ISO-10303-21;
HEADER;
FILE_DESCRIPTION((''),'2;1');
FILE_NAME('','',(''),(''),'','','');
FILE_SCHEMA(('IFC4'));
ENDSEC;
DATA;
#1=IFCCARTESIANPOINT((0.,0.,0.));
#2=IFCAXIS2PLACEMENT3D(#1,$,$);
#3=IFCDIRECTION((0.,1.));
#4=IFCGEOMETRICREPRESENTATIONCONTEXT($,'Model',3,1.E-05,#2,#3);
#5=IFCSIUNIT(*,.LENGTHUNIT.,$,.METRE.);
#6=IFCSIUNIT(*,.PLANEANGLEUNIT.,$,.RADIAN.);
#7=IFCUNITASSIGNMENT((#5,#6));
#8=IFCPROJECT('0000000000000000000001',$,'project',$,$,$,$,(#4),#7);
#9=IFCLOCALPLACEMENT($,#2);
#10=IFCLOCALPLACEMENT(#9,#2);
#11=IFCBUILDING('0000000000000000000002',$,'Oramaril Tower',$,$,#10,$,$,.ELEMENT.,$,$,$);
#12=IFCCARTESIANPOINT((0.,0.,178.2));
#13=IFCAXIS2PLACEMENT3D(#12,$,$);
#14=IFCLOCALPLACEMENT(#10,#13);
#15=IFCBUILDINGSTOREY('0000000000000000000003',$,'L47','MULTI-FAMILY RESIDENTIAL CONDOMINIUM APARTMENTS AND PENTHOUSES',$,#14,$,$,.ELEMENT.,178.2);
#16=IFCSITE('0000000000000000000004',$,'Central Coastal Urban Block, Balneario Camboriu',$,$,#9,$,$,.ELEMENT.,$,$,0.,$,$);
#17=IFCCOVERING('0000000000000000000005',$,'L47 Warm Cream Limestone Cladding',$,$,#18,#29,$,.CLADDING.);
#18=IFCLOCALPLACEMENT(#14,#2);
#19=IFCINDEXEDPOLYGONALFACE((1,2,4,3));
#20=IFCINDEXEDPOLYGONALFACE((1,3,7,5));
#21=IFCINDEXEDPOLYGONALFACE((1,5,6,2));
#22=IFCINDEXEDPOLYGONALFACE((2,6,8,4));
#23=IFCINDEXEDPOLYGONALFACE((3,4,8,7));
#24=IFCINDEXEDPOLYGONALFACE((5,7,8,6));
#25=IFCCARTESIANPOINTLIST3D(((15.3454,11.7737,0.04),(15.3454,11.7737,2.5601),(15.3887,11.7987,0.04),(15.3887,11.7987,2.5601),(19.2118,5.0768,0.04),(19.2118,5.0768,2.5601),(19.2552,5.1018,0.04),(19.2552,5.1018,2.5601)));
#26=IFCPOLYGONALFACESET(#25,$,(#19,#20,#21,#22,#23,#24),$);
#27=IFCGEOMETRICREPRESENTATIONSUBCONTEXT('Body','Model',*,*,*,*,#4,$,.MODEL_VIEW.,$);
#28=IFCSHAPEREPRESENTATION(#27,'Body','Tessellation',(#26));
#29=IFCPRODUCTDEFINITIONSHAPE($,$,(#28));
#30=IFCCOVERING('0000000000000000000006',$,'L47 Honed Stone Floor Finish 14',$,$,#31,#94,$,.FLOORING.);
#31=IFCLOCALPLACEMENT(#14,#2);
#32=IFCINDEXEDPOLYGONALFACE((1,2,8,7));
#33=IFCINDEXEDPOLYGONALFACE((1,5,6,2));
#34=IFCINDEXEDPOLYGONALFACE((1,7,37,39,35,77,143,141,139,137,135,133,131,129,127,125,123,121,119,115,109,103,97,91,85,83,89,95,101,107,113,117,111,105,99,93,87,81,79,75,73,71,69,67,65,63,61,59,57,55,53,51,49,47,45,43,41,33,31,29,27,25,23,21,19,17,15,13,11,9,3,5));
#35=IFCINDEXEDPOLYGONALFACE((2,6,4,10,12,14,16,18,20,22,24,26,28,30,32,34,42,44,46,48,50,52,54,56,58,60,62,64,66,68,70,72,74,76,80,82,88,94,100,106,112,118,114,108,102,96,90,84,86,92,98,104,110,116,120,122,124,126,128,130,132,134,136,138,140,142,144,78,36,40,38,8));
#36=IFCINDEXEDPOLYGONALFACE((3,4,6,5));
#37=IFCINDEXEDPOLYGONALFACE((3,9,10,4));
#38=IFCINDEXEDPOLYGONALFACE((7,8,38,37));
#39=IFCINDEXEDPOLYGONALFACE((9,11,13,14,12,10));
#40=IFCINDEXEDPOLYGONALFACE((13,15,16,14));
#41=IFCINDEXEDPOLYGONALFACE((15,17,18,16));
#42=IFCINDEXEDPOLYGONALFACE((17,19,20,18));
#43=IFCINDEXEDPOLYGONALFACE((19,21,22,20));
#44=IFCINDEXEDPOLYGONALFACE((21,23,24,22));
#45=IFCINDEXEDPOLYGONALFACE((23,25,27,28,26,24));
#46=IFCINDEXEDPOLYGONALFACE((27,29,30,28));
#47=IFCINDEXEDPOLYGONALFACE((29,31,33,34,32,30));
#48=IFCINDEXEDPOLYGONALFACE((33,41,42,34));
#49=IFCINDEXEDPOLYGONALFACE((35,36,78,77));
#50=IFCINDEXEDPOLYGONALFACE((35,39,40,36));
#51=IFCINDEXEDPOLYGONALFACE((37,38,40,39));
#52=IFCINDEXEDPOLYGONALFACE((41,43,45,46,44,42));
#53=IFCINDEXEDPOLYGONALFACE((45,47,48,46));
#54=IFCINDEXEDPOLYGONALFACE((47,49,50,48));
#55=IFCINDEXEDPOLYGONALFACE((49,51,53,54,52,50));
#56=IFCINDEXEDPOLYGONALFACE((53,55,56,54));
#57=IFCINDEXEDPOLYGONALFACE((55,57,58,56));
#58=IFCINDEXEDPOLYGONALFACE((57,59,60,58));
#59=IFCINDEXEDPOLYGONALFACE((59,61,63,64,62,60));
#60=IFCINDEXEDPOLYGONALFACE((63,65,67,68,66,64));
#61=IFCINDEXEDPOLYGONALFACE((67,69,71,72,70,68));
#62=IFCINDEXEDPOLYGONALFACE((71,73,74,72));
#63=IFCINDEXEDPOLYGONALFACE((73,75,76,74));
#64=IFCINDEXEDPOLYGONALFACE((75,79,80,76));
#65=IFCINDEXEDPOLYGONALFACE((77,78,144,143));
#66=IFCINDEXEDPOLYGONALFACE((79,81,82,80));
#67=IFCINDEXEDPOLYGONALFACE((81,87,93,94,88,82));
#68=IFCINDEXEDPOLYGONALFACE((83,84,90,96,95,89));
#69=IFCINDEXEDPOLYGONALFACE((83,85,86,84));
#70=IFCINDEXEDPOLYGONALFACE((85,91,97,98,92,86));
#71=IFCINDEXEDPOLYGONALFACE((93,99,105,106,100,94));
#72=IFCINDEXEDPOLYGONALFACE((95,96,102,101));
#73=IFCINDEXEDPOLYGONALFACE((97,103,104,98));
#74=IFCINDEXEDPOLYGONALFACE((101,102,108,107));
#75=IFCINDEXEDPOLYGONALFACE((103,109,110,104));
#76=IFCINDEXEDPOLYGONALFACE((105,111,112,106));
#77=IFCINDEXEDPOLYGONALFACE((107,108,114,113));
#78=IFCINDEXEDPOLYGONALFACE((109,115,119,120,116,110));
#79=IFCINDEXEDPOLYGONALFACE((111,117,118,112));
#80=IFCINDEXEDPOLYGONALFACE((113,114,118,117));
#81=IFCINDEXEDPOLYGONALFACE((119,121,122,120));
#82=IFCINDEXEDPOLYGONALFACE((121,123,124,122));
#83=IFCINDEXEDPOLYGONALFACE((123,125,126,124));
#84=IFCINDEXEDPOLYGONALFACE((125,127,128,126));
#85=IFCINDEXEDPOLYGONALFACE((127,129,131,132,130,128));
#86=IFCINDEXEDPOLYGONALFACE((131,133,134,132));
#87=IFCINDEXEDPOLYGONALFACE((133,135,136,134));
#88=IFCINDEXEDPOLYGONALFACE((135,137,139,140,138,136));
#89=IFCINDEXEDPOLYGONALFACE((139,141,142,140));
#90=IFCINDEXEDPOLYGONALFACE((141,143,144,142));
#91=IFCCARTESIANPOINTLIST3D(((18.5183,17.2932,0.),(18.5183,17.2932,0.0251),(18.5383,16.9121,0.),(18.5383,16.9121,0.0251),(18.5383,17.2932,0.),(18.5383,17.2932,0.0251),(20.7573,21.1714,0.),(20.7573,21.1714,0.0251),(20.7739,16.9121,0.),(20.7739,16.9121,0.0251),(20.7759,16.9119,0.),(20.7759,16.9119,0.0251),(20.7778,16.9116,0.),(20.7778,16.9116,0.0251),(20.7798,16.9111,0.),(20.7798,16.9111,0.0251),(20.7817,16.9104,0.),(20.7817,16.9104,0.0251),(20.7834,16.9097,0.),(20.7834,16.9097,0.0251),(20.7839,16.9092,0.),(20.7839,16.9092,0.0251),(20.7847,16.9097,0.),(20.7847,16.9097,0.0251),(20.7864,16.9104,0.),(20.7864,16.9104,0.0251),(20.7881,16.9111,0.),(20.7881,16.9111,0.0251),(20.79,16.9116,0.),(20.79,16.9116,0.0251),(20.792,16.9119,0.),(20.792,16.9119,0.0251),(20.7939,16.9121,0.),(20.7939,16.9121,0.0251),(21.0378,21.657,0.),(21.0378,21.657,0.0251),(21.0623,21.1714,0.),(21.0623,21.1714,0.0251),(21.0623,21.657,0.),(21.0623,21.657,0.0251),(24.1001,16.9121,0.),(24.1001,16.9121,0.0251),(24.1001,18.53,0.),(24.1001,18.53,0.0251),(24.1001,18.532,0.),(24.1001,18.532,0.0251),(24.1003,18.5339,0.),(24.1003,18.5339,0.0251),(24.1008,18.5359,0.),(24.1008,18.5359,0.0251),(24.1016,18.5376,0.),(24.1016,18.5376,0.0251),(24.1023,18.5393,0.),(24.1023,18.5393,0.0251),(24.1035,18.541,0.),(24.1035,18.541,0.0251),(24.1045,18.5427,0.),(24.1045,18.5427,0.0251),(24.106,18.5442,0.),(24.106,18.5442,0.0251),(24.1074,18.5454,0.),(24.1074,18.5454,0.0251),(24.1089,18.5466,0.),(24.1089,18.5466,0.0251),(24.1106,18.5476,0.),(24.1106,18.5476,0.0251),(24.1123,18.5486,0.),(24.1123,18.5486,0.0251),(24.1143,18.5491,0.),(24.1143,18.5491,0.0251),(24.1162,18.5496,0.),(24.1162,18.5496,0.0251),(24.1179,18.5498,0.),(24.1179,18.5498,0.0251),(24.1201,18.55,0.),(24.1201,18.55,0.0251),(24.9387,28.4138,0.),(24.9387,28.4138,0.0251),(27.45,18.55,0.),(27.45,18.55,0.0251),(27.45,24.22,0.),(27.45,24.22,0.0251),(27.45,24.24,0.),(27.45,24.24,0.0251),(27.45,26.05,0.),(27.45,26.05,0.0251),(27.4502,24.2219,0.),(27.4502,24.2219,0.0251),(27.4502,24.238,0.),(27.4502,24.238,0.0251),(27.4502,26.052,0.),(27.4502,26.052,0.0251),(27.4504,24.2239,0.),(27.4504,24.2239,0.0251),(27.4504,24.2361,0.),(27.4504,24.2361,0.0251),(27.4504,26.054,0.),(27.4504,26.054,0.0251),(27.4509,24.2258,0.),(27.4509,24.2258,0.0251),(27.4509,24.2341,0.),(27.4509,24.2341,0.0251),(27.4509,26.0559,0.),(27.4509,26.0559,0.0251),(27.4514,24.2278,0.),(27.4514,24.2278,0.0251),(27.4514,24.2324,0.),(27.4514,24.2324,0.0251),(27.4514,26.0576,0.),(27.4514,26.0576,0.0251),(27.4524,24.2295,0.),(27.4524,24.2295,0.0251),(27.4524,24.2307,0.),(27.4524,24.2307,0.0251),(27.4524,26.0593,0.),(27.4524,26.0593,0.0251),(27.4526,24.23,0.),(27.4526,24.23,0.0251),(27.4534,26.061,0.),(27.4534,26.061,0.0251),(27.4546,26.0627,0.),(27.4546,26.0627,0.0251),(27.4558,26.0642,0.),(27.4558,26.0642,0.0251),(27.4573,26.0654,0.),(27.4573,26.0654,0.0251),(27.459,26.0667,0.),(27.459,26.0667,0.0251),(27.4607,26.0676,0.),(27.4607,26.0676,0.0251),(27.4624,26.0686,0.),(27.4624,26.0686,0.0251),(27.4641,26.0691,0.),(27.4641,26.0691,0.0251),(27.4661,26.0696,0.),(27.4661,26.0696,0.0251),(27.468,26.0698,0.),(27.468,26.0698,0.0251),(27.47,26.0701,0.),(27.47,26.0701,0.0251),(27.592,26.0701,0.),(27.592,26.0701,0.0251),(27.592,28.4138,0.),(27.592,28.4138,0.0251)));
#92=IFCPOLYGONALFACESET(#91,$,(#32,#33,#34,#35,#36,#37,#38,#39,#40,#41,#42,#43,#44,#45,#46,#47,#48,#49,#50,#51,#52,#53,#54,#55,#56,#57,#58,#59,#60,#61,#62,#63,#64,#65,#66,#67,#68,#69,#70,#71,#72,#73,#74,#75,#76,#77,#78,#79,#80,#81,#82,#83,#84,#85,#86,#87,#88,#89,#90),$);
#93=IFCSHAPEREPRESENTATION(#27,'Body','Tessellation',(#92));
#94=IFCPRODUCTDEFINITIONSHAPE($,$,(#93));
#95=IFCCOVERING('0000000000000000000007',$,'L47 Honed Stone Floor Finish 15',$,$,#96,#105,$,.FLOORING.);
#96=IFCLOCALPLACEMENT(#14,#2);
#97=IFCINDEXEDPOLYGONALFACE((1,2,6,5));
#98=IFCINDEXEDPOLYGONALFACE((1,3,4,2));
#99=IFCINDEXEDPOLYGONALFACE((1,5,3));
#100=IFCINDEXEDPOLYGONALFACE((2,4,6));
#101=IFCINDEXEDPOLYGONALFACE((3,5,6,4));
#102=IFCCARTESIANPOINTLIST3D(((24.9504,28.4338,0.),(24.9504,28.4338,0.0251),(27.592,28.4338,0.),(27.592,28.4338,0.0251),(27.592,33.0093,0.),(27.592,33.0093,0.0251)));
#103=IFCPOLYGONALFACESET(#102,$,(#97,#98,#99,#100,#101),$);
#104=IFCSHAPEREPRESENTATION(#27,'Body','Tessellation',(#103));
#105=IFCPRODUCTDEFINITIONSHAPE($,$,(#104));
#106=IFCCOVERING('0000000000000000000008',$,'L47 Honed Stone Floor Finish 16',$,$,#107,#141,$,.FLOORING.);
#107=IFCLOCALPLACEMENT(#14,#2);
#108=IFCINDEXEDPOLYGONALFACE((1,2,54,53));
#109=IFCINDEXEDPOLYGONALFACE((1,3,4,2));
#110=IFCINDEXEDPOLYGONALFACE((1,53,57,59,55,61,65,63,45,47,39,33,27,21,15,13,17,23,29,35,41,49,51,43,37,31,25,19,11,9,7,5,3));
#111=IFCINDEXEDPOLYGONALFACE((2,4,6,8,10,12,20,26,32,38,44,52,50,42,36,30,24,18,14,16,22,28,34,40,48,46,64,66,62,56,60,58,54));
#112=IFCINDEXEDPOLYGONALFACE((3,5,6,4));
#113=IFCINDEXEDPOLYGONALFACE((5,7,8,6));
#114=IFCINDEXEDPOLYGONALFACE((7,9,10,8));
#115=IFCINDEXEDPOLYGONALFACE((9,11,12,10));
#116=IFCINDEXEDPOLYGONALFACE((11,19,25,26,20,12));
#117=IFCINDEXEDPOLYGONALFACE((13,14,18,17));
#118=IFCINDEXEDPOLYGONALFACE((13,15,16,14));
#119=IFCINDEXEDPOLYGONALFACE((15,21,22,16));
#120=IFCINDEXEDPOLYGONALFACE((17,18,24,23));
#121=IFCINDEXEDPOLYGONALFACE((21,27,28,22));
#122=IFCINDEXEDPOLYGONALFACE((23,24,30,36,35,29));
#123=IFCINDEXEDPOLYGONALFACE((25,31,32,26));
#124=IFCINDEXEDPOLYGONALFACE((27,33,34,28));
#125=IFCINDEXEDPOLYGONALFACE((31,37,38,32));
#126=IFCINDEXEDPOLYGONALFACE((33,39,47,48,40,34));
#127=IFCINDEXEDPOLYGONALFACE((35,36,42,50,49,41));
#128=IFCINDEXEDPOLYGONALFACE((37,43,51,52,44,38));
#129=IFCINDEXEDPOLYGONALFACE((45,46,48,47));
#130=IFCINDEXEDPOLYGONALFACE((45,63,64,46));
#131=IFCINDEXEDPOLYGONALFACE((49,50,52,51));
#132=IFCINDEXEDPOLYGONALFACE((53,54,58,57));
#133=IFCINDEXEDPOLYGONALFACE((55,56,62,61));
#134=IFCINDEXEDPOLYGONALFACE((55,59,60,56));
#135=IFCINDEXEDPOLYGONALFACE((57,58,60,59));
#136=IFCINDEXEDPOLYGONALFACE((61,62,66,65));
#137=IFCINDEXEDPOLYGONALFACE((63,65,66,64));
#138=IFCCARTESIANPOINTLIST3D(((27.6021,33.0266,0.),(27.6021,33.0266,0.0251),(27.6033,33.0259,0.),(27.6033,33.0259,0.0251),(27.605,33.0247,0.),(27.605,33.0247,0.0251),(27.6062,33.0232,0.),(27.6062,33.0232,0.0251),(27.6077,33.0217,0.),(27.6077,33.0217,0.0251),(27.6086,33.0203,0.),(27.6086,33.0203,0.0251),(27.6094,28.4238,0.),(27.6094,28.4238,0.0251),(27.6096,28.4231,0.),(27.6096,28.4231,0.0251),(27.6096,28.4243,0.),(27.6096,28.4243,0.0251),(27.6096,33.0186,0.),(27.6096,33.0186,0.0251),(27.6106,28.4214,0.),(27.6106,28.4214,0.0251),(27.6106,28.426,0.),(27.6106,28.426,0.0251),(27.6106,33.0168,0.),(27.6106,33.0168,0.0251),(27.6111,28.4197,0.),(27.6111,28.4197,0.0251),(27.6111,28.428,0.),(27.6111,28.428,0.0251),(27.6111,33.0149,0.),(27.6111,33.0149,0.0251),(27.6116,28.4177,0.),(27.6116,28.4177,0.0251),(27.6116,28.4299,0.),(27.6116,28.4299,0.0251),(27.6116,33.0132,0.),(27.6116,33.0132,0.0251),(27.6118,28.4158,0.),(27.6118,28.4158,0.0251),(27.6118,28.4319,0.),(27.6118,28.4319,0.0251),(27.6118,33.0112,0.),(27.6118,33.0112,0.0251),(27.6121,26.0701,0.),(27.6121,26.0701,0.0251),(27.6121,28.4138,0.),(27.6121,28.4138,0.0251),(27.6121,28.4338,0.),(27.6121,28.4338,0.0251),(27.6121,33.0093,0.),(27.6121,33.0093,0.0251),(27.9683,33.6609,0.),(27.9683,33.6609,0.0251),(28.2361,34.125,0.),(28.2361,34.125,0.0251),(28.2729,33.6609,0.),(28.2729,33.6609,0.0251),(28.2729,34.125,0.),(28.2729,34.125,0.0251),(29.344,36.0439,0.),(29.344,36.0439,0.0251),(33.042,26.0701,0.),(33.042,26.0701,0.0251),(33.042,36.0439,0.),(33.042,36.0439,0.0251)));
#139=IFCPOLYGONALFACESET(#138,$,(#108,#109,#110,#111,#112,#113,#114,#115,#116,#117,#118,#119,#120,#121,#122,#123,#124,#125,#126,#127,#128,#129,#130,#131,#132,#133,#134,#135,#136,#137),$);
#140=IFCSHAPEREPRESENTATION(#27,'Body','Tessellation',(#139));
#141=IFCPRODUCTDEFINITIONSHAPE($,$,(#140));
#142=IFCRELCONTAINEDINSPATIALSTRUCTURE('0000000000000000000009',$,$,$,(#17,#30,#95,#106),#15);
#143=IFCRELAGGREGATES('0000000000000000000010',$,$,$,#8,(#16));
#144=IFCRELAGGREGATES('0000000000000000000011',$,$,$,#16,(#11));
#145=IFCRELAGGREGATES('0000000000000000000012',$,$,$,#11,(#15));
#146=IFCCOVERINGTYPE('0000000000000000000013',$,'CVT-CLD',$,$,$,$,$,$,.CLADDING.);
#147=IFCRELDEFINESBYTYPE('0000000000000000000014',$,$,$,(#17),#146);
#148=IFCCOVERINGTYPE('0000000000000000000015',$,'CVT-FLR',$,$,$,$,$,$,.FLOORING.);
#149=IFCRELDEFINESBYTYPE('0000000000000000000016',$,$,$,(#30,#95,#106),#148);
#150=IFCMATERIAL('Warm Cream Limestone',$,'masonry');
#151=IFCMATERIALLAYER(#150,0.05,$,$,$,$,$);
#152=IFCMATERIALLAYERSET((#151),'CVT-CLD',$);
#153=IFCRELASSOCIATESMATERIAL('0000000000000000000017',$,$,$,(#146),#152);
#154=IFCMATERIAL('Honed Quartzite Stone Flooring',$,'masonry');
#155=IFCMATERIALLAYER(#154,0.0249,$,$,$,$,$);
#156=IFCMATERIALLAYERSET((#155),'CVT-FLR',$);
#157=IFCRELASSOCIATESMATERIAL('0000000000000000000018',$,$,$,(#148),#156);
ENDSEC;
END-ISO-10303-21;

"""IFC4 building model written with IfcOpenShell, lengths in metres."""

from ifc_helpers import new_model, si_unit, direction, frame, origin, origin_2d, place, context, subcontext, project, spatial, polyline, rectangle, outline, extrude, material, layer, layer_set, type_object, element, save


model = new_model("IFC4")

# Units and contexts
model_context = context("Model", 3, precision=1e-05, world=origin(), true_north=direction((0.0, 1.0)))
body_context = subcontext(model_context, "Body", "Model", "MODEL_VIEW")
ifc_project = project(units=[si_unit("LENGTHUNIT", "METRE"), si_unit("PLANEANGLEUNIT", "RADIAN")], contexts=[model_context])

# Site, building, storey
site_placement = place(None, origin())
site = spatial("IfcSite", under=ifc_project, at=site_placement, Name="Central Coastal Urban Block, Balneario Camboriu", CompositionType="ELEMENT", RefElevation=0.0)
building_placement = place(site_placement, origin())
building = spatial("IfcBuilding", under=site, at=building_placement, Name="Oramaril Tower", CompositionType="ELEMENT")
storey_placement = place(building_placement, frame((0.0, 0.0, 178.2)))
storey = spatial("IfcBuildingStorey", under=building, at=storey_placement, Name="L47", Description="MULTI-FAMILY RESIDENTIAL CONDOMINIUM APARTMENTS AND PENTHOUSES", CompositionType="ELEMENT", Elevation=178.2)

# Coverings
ifc_material_1 = material(Name="Warm Cream Limestone", Category="masonry")
ifc_layer_1 = layer(ifc_material_1, 0.05)
ifc_layer_set_1 = layer_set([ifc_layer_1], Name="CVT-CLD")
covering_type_1 = type_object("IfcCoveringType", Name="CVT-CLD", PredefinedType="CLADDING", material=ifc_layer_set_1)
covering_1_placement = place(storey_placement, frame((17.3003, 8.4377, 0.04), z_axis=(0.0, 0.0, 1.0), x_axis=(0.5, -0.866025, 0.0)))
element("IfcCovering", 1, at=covering_1_placement, inside=storey, type_object=covering_type_1, Name="L47 Warm Cream Limestone Cladding", PredefinedType="CLADDING", context=body_context, shape_type="SweptSolid", body=[
    extrude(rectangle(XDim=7.7329, YDim=0.05, at=origin_2d()), origin(), (0.0, 0.0, 1.0), 2.52),
])
ifc_material_2 = material(Name="Honed Quartzite Stone Flooring", Category="masonry")
ifc_layer_2 = layer(ifc_material_2, 0.0249)
ifc_layer_set_2 = layer_set([ifc_layer_2], Name="CVT-FLR")
covering_type_2 = type_object("IfcCoveringType", Name="CVT-FLR", PredefinedType="FLOORING", material=ifc_layer_set_2)
covering_2_placement = place(storey_placement, origin())
element("IfcCovering", 2, at=covering_2_placement, inside=storey, type_object=covering_type_2, Name="L47 Honed Stone Floor Finish 14", PredefinedType="FLOORING", context=body_context, shape_type="SweptSolid", body=[
    extrude(outline(polyline([(18.5383, 17.2932), (18.5183, 17.2932), (20.7573, 21.1714), (21.0623, 21.1714), (21.0623, 21.657), (21.0378, 21.657), (24.9387, 28.4138), (27.592, 28.4138), (27.592, 26.0701), (27.47, 26.0701), (27.468, 26.0698), (27.4661, 26.0696), (27.4641, 26.0691), (27.4624, 26.0686), (27.4607, 26.0676), (27.459, 26.0667), (27.4573, 26.0654), (27.4558, 26.0642), (27.4546, 26.0627), (27.4534, 26.061), (27.4524, 26.0593), (27.4514, 26.0576), (27.4509, 26.0559), (27.4504, 26.054), (27.4502, 26.052), (27.45, 26.05), (27.45, 24.24), (27.4502, 24.238), (27.4504, 24.2361), (27.4509, 24.2341), (27.4514, 24.2324), (27.4524, 24.2307), (27.4526, 24.23), (27.4524, 24.2295), (27.4514, 24.2278), (27.4509, 24.2258), (27.4504, 24.2239), (27.4502, 24.2219), (27.45, 24.22), (27.45, 18.55), (24.1201, 18.55), (24.1179, 18.5498), (24.1162, 18.5496), (24.1143, 18.5491), (24.1123, 18.5486), (24.1106, 18.5476), (24.1089, 18.5466), (24.1074, 18.5454), (24.106, 18.5442), (24.1045, 18.5427), (24.1035, 18.541), (24.1023, 18.5393), (24.1016, 18.5376), (24.1008, 18.5359), (24.1003, 18.5339), (24.1001, 18.532), (24.1001, 18.53), (24.1001, 16.9121), (20.7939, 16.9121), (20.792, 16.9119), (20.79, 16.9116), (20.7881, 16.9111), (20.7864, 16.9104), (20.7847, 16.9097), (20.7839, 16.9092), (20.7834, 16.9097), (20.7817, 16.9104), (20.7798, 16.9111), (20.7778, 16.9116), (20.7759, 16.9119), (20.7739, 16.9121), (18.5383, 16.9121), (18.5383, 17.2932)])), origin(), (0.0, 0.0, 1.0), 0.0251),
])
covering_3_placement = place(storey_placement, origin())
element("IfcCovering", 3, at=covering_3_placement, inside=storey, type_object=covering_type_2, Name="L47 Honed Stone Floor Finish 15", PredefinedType="FLOORING", context=body_context, shape_type="SweptSolid", body=[
    extrude(outline(polyline([(27.592, 33.0093), (27.592, 28.4338), (24.9504, 28.4338), (27.592, 33.0093)])), origin(), (0.0, 0.0, 1.0), 0.0251),
])
covering_4_placement = place(storey_placement, origin())
element("IfcCovering", 4, at=covering_4_placement, inside=storey, type_object=covering_type_2, Name="L47 Honed Stone Floor Finish 16", PredefinedType="FLOORING", context=body_context, shape_type="SweptSolid", body=[
    extrude(outline(polyline([(28.2729, 33.6609), (28.2729, 34.125), (28.2361, 34.125), (29.344, 36.0439), (33.042, 36.0439), (33.042, 26.0701), (27.6121, 26.0701), (27.6121, 28.4138), (27.6118, 28.4158), (27.6116, 28.4177), (27.6111, 28.4197), (27.6106, 28.4214), (27.6096, 28.4231), (27.6094, 28.4238), (27.6096, 28.4243), (27.6106, 28.426), (27.6111, 28.428), (27.6116, 28.4299), (27.6118, 28.4319), (27.6121, 28.4338), (27.6121, 33.0093), (27.6118, 33.0112), (27.6116, 33.0132), (27.6111, 33.0149), (27.6106, 33.0168), (27.6096, 33.0186), (27.6086, 33.0203), (27.6077, 33.0217), (27.6062, 33.0232), (27.605, 33.0247), (27.6033, 33.0259), (27.6021, 33.0266), (27.9683, 33.6609), (28.2729, 33.6609)])), origin(), (0.0, 0.0, 1.0), 0.0251),
])

save(model, "model.ifc")
